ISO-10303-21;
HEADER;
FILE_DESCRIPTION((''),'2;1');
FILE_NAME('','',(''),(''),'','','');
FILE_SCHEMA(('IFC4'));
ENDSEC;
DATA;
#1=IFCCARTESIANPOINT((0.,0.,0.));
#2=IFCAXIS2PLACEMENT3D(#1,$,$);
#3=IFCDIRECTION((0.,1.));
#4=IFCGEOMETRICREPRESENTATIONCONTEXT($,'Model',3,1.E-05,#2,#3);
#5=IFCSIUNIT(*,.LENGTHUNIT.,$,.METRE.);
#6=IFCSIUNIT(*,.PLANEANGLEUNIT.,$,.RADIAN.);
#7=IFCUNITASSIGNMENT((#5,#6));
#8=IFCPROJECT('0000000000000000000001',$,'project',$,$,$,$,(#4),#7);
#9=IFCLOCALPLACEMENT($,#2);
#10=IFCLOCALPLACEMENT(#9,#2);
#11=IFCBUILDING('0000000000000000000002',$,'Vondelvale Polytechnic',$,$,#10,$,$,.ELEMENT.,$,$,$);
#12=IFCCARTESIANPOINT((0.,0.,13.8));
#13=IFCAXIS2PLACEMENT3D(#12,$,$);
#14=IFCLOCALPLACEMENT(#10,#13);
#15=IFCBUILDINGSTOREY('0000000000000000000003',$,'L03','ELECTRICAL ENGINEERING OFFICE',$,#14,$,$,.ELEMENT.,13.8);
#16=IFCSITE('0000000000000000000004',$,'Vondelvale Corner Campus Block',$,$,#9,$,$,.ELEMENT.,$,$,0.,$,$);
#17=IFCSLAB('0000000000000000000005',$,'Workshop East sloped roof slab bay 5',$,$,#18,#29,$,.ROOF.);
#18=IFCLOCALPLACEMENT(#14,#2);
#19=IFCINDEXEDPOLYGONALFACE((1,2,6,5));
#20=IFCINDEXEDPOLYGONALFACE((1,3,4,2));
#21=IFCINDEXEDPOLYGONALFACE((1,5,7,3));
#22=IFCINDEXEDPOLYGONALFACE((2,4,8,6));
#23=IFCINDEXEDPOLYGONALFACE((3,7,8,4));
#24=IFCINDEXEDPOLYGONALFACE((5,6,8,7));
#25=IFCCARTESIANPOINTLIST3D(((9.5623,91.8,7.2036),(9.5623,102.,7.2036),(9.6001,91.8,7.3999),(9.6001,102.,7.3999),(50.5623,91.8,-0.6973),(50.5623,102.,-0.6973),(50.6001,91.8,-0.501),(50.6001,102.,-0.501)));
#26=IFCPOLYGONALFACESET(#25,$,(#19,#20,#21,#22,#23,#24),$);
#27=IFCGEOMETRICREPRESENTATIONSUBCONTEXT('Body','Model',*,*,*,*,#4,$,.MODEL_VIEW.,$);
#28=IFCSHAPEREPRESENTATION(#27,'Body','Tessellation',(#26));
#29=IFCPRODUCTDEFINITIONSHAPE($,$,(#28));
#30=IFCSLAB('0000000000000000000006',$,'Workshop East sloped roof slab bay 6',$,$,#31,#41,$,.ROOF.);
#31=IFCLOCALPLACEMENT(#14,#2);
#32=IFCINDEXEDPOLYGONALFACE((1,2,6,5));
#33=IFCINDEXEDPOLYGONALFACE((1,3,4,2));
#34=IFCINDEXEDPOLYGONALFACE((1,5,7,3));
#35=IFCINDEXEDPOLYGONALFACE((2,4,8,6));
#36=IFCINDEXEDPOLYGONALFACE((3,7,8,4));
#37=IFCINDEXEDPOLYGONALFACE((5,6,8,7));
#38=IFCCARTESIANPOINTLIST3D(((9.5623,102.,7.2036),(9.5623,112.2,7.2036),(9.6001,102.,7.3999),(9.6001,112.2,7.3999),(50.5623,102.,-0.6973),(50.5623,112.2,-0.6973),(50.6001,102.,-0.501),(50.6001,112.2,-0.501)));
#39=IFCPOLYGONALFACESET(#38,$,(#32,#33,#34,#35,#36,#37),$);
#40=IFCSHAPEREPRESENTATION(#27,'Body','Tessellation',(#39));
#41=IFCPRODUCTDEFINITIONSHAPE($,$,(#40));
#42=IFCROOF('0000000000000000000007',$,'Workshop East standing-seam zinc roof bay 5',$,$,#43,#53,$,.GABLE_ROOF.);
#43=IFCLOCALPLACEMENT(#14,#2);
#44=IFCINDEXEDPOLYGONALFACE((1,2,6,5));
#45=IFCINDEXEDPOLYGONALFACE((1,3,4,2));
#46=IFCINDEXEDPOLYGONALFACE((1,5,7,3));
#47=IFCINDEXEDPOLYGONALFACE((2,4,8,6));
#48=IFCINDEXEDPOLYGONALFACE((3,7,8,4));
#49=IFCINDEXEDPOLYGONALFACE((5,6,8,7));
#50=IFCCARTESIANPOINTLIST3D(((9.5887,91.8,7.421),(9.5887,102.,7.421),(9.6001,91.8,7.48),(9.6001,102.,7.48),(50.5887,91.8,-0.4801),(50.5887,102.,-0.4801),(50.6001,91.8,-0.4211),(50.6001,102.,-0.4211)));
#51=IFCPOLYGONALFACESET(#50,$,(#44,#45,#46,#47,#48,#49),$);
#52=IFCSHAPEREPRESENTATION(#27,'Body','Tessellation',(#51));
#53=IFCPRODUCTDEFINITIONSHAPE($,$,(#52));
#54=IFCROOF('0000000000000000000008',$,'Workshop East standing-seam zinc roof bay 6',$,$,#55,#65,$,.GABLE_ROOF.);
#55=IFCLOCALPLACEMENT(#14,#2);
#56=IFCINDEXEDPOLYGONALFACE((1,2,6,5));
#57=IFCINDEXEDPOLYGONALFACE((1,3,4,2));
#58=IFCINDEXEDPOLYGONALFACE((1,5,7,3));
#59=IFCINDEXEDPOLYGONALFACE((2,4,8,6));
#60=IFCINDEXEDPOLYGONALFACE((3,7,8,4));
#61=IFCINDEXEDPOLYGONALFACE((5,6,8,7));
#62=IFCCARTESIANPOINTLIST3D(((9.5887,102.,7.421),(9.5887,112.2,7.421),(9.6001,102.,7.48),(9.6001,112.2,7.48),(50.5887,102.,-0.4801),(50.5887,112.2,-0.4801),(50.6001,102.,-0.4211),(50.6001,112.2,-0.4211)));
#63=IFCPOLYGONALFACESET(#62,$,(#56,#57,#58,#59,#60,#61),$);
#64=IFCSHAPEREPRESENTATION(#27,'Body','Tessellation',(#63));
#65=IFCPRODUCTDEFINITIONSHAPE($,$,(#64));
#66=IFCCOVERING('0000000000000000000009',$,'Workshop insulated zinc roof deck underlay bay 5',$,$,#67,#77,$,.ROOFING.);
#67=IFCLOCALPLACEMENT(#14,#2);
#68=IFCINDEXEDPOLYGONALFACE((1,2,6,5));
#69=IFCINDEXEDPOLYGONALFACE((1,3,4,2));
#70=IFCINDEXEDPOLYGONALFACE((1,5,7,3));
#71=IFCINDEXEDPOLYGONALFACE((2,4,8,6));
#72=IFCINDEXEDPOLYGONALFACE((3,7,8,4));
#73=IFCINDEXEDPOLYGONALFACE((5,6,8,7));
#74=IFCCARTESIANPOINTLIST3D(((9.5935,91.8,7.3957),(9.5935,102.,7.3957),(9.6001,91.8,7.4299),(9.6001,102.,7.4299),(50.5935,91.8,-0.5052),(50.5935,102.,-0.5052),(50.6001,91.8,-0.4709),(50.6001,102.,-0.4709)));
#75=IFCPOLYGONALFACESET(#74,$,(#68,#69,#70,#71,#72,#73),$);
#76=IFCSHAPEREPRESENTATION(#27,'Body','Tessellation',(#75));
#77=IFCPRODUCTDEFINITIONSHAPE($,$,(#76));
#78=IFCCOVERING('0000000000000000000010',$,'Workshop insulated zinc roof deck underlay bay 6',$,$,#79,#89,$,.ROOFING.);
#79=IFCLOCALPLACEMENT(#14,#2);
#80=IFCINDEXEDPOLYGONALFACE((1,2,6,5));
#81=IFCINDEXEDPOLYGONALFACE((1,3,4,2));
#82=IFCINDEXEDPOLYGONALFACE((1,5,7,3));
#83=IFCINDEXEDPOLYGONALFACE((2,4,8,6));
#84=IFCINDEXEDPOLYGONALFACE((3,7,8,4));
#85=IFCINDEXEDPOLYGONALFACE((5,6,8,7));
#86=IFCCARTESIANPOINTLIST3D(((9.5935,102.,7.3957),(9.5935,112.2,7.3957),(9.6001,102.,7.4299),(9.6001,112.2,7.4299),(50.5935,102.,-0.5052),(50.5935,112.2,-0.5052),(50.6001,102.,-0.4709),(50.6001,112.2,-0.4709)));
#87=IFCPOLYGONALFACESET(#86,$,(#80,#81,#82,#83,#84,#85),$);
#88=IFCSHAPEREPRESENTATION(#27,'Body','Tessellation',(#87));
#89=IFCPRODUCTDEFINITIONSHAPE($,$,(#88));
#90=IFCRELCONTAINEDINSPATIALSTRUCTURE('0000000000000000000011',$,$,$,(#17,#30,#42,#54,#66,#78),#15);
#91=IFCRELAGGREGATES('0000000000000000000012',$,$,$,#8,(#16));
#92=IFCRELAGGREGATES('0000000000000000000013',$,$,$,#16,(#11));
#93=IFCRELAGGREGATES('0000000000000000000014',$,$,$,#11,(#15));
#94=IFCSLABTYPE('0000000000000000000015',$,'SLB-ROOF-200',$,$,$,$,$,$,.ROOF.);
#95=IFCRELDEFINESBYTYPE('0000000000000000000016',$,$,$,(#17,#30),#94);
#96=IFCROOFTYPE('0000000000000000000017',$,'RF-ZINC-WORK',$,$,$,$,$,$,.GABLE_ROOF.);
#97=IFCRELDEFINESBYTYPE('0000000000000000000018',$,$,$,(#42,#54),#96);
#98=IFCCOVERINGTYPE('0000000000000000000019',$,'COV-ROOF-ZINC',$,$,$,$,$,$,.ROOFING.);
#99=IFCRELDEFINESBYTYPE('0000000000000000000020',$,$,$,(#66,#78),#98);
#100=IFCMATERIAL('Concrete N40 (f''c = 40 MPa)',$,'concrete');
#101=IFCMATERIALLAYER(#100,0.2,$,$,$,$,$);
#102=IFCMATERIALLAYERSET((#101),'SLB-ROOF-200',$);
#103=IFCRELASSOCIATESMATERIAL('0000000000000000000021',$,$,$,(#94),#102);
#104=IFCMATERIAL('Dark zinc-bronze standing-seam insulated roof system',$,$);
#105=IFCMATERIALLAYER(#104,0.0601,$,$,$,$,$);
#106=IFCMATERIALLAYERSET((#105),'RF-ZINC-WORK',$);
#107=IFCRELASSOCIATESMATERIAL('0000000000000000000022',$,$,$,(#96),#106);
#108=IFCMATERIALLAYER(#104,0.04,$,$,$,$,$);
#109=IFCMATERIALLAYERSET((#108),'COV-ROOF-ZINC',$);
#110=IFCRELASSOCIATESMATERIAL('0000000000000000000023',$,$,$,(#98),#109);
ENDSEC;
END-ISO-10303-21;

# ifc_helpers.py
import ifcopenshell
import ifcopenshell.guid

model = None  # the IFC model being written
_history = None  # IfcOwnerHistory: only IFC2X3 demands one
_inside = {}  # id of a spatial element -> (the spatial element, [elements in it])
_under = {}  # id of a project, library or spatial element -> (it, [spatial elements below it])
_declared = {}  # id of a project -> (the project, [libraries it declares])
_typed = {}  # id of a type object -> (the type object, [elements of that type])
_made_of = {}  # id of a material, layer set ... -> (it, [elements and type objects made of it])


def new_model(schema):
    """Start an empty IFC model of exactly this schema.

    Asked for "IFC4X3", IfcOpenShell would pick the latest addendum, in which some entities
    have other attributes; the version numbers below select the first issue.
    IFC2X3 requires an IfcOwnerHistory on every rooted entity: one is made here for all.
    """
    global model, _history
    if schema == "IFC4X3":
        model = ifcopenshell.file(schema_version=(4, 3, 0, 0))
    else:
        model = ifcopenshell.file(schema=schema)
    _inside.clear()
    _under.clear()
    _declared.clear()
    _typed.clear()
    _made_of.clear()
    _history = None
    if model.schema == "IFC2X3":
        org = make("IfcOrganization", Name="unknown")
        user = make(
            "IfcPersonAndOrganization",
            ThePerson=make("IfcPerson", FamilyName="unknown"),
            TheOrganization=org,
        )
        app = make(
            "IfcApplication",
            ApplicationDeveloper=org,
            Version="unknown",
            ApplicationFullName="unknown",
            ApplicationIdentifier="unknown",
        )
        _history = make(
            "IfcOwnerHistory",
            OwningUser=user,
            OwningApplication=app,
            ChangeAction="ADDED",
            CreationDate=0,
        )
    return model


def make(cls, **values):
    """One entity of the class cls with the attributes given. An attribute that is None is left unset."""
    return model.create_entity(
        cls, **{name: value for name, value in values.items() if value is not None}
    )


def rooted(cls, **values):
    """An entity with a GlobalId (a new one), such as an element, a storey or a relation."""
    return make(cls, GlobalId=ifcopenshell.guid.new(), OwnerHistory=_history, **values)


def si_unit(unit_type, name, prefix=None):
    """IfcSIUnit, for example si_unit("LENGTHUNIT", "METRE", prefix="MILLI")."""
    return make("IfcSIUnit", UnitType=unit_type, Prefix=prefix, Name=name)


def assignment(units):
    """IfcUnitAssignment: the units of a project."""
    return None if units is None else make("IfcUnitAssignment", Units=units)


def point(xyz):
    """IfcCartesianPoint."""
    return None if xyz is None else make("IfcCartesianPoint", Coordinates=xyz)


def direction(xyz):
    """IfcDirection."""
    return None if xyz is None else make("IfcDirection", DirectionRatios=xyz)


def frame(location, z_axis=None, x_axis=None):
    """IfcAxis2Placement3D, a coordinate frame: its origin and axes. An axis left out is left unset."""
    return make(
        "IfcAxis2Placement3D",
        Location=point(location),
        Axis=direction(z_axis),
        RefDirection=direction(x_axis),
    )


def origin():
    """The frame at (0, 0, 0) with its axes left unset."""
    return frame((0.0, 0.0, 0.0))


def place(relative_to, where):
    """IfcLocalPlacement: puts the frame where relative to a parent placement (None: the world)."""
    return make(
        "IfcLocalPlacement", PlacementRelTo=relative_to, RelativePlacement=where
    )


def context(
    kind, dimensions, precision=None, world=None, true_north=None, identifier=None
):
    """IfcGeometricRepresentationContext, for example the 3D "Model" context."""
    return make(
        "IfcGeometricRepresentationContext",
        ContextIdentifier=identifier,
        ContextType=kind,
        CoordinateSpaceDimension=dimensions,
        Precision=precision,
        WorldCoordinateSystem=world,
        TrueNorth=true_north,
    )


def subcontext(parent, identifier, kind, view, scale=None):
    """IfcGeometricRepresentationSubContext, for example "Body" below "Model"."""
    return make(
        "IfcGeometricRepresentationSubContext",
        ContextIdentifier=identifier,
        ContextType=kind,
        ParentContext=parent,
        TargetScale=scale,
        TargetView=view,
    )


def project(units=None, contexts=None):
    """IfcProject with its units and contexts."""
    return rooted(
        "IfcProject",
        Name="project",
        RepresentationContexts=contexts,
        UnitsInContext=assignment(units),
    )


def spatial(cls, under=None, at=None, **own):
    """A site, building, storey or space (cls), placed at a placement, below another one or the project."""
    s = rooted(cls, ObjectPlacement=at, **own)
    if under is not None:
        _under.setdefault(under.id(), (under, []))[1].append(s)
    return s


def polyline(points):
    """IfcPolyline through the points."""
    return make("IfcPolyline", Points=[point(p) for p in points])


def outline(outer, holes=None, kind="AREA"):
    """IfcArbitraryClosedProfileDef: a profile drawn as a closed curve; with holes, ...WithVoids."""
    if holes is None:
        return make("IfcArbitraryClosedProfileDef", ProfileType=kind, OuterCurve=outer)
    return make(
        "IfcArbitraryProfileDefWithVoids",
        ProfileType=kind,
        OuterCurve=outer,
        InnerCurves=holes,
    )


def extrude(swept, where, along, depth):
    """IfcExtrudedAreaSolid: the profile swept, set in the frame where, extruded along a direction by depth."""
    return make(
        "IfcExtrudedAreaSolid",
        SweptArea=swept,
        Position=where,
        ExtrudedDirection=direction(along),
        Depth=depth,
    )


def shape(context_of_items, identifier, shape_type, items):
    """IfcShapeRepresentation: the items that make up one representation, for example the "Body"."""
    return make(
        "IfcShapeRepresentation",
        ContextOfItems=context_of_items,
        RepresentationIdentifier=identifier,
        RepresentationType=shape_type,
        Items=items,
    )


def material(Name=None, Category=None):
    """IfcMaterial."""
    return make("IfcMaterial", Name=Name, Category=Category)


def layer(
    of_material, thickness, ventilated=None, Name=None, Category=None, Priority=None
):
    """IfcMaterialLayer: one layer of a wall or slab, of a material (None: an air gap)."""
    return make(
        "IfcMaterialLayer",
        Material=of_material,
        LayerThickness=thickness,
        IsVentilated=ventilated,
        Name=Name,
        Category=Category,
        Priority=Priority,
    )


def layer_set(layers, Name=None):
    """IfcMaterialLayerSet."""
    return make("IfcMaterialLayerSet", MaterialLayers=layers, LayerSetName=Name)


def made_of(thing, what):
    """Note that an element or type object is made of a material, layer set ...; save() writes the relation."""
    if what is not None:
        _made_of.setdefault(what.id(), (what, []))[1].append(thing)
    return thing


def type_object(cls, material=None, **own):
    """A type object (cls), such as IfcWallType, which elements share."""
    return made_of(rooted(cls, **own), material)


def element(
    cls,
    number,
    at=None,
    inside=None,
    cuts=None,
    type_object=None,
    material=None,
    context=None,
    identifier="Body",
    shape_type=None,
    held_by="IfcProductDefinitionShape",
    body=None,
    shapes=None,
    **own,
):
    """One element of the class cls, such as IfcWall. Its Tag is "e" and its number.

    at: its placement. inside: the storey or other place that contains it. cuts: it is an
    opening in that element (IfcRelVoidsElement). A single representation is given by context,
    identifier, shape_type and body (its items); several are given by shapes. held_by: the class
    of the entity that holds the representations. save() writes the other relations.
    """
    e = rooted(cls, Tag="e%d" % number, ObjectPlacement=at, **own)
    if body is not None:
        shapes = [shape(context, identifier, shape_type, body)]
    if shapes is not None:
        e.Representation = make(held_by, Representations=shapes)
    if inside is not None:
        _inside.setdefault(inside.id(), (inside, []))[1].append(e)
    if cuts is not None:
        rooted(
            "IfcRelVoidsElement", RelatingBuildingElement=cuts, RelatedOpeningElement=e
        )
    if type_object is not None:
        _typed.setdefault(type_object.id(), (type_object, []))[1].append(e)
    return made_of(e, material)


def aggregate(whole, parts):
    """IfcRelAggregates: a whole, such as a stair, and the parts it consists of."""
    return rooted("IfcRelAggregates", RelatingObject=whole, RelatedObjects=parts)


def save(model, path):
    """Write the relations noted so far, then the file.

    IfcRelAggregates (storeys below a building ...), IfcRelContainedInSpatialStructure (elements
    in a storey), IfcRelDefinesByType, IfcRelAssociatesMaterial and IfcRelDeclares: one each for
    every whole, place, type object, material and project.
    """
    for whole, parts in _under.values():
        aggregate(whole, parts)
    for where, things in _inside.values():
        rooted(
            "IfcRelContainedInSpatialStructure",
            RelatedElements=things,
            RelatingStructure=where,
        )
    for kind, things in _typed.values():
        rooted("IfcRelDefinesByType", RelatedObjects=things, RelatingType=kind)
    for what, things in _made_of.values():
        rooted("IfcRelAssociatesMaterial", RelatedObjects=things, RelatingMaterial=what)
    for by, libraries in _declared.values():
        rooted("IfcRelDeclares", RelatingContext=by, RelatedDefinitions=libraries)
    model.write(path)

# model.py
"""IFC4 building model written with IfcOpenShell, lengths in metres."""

from ifc_helpers import new_model, si_unit, direction, frame, origin, place, context, subcontext, project, spatial, polyline, outline, extrude, material, layer, layer_set, type_object, element, save


model = new_model("IFC4")

# Units and contexts
model_context = context("Model", 3, precision=1e-05, world=origin(), true_north=direction((0.0, 1.0)))
body_context = subcontext(model_context, "Body", "Model", "MODEL_VIEW")
ifc_project = project(units=[si_unit("LENGTHUNIT", "METRE"), si_unit("PLANEANGLEUNIT", "RADIAN")], contexts=[model_context])

# Site, building, storey
site_placement = place(None, origin())
site = spatial("IfcSite", under=ifc_project, at=site_placement, Name="Vondelvale Corner Campus Block", CompositionType="ELEMENT", RefElevation=0.0)
building_placement = place(site_placement, origin())
building = spatial("IfcBuilding", under=site, at=building_placement, Name="Vondelvale Polytechnic", CompositionType="ELEMENT")
storey_placement = place(building_placement, frame((0.0, 0.0, 13.8)))
storey = spatial("IfcBuildingStorey", under=building, at=storey_placement, Name="L03", Description="ELECTRICAL ENGINEERING OFFICE", CompositionType="ELEMENT", Elevation=13.8)

# Slabs
ifc_material_1 = material(Name="Concrete N40 (f'c = 40 MPa)", Category="concrete")
ifc_layer_1 = layer(ifc_material_1, 0.2)
ifc_layer_set_1 = layer_set([ifc_layer_1], Name="SLB-ROOF-200")
slab_type = type_object("IfcSlabType", Name="SLB-ROOF-200", PredefinedType="ROOF", material=ifc_layer_set_1)
for number, where, z_axis, x_axis, name in (
    (1, (9.6001, 91.8, 7.3999), (0.189223, 0.0, 0.981934), (0.981934, 0.0, -0.189223), "Workshop East sloped roof slab bay 5"),
    (2, (9.6001, 102.0, 7.3999), (0.189223, 0.0, 0.981934), (0.981934, 0.0, -0.189223), "Workshop East sloped roof slab bay 6"),
):
    element("IfcSlab", number, at=place(storey_placement, frame(where, z_axis=z_axis, x_axis=x_axis)), inside=storey, type_object=slab_type, Name=name, PredefinedType="ROOF", context=body_context, shape_type="SweptSolid", body=[
        extrude(outline(polyline([(0.0, 0.0), (41.7543, 0.0), (41.7543, 10.2), (0.0, 10.2), (0.0, 0.0)])), origin(), (0.0, 0.0, -1.0), 0.2),
    ])

# Roofs
ifc_material_2 = material(Name="Dark zinc-bronze standing-seam insulated roof system")
ifc_layer_2 = layer(ifc_material_2, 0.0601)
ifc_layer_set_2 = layer_set([ifc_layer_2], Name="RF-ZINC-WORK")
roof_type = type_object("IfcRoofType", Name="RF-ZINC-WORK", PredefinedType="GABLE_ROOF", material=ifc_layer_set_2)
for number, where, z_axis, x_axis, name in (
    (3, (9.6001, 91.8, 7.48), (0.189229, 0.0, 0.981933), (0.981933, 0.0, -0.189229), "Workshop East standing-seam zinc roof bay 5"),
    (4, (9.6001, 102.0, 7.48), (0.189229, 0.0, 0.981933), (0.981933, 0.0, -0.189229), "Workshop East standing-seam zinc roof bay 6"),
):
    element("IfcRoof", number, at=place(storey_placement, frame(where, z_axis=z_axis, x_axis=x_axis)), inside=storey, type_object=roof_type, Name=name, PredefinedType="GABLE_ROOF", context=body_context, shape_type="SweptSolid", body=[
        extrude(outline(polyline([(0.0, 0.0), (41.7544, 0.0), (41.7544, 10.2), (0.0, 10.2), (0.0, 0.0)])), origin(), (0.0, 0.0, -1.0), 0.0601),
    ])

# Coverings
ifc_layer_3 = layer(ifc_material_2, 0.04)
ifc_layer_set_3 = layer_set([ifc_layer_3], Name="COV-ROOF-ZINC")
covering_type = type_object("IfcCoveringType", Name="COV-ROOF-ZINC", PredefinedType="ROOFING", material=ifc_layer_set_3)
for number, where, z_axis, x_axis, name in (
    (5, (9.6001, 91.8, 7.4299), (0.189223, 0.0, 0.981934), (0.981934, 0.0, -0.189223), "Workshop insulated zinc roof deck underlay bay 5"),
    (6, (9.6001, 102.0, 7.4299), (0.189223, 0.0, 0.981934), (0.981934, 0.0, -0.189223), "Workshop insulated zinc roof deck underlay bay 6"),
):
    element("IfcCovering", number, at=place(storey_placement, frame(where, z_axis=z_axis, x_axis=x_axis)), inside=storey, type_object=covering_type, Name=name, PredefinedType="ROOFING", context=body_context, shape_type="SweptSolid", body=[
        extrude(outline(polyline([(0.0, 0.0), (41.7543, 0.0), (41.7543, 10.2), (0.0, 10.2), (0.0, 0.0)])), origin(), (0.0, 0.0, -1.0), 0.0349),
    ])

save(model, "model.ifc")
